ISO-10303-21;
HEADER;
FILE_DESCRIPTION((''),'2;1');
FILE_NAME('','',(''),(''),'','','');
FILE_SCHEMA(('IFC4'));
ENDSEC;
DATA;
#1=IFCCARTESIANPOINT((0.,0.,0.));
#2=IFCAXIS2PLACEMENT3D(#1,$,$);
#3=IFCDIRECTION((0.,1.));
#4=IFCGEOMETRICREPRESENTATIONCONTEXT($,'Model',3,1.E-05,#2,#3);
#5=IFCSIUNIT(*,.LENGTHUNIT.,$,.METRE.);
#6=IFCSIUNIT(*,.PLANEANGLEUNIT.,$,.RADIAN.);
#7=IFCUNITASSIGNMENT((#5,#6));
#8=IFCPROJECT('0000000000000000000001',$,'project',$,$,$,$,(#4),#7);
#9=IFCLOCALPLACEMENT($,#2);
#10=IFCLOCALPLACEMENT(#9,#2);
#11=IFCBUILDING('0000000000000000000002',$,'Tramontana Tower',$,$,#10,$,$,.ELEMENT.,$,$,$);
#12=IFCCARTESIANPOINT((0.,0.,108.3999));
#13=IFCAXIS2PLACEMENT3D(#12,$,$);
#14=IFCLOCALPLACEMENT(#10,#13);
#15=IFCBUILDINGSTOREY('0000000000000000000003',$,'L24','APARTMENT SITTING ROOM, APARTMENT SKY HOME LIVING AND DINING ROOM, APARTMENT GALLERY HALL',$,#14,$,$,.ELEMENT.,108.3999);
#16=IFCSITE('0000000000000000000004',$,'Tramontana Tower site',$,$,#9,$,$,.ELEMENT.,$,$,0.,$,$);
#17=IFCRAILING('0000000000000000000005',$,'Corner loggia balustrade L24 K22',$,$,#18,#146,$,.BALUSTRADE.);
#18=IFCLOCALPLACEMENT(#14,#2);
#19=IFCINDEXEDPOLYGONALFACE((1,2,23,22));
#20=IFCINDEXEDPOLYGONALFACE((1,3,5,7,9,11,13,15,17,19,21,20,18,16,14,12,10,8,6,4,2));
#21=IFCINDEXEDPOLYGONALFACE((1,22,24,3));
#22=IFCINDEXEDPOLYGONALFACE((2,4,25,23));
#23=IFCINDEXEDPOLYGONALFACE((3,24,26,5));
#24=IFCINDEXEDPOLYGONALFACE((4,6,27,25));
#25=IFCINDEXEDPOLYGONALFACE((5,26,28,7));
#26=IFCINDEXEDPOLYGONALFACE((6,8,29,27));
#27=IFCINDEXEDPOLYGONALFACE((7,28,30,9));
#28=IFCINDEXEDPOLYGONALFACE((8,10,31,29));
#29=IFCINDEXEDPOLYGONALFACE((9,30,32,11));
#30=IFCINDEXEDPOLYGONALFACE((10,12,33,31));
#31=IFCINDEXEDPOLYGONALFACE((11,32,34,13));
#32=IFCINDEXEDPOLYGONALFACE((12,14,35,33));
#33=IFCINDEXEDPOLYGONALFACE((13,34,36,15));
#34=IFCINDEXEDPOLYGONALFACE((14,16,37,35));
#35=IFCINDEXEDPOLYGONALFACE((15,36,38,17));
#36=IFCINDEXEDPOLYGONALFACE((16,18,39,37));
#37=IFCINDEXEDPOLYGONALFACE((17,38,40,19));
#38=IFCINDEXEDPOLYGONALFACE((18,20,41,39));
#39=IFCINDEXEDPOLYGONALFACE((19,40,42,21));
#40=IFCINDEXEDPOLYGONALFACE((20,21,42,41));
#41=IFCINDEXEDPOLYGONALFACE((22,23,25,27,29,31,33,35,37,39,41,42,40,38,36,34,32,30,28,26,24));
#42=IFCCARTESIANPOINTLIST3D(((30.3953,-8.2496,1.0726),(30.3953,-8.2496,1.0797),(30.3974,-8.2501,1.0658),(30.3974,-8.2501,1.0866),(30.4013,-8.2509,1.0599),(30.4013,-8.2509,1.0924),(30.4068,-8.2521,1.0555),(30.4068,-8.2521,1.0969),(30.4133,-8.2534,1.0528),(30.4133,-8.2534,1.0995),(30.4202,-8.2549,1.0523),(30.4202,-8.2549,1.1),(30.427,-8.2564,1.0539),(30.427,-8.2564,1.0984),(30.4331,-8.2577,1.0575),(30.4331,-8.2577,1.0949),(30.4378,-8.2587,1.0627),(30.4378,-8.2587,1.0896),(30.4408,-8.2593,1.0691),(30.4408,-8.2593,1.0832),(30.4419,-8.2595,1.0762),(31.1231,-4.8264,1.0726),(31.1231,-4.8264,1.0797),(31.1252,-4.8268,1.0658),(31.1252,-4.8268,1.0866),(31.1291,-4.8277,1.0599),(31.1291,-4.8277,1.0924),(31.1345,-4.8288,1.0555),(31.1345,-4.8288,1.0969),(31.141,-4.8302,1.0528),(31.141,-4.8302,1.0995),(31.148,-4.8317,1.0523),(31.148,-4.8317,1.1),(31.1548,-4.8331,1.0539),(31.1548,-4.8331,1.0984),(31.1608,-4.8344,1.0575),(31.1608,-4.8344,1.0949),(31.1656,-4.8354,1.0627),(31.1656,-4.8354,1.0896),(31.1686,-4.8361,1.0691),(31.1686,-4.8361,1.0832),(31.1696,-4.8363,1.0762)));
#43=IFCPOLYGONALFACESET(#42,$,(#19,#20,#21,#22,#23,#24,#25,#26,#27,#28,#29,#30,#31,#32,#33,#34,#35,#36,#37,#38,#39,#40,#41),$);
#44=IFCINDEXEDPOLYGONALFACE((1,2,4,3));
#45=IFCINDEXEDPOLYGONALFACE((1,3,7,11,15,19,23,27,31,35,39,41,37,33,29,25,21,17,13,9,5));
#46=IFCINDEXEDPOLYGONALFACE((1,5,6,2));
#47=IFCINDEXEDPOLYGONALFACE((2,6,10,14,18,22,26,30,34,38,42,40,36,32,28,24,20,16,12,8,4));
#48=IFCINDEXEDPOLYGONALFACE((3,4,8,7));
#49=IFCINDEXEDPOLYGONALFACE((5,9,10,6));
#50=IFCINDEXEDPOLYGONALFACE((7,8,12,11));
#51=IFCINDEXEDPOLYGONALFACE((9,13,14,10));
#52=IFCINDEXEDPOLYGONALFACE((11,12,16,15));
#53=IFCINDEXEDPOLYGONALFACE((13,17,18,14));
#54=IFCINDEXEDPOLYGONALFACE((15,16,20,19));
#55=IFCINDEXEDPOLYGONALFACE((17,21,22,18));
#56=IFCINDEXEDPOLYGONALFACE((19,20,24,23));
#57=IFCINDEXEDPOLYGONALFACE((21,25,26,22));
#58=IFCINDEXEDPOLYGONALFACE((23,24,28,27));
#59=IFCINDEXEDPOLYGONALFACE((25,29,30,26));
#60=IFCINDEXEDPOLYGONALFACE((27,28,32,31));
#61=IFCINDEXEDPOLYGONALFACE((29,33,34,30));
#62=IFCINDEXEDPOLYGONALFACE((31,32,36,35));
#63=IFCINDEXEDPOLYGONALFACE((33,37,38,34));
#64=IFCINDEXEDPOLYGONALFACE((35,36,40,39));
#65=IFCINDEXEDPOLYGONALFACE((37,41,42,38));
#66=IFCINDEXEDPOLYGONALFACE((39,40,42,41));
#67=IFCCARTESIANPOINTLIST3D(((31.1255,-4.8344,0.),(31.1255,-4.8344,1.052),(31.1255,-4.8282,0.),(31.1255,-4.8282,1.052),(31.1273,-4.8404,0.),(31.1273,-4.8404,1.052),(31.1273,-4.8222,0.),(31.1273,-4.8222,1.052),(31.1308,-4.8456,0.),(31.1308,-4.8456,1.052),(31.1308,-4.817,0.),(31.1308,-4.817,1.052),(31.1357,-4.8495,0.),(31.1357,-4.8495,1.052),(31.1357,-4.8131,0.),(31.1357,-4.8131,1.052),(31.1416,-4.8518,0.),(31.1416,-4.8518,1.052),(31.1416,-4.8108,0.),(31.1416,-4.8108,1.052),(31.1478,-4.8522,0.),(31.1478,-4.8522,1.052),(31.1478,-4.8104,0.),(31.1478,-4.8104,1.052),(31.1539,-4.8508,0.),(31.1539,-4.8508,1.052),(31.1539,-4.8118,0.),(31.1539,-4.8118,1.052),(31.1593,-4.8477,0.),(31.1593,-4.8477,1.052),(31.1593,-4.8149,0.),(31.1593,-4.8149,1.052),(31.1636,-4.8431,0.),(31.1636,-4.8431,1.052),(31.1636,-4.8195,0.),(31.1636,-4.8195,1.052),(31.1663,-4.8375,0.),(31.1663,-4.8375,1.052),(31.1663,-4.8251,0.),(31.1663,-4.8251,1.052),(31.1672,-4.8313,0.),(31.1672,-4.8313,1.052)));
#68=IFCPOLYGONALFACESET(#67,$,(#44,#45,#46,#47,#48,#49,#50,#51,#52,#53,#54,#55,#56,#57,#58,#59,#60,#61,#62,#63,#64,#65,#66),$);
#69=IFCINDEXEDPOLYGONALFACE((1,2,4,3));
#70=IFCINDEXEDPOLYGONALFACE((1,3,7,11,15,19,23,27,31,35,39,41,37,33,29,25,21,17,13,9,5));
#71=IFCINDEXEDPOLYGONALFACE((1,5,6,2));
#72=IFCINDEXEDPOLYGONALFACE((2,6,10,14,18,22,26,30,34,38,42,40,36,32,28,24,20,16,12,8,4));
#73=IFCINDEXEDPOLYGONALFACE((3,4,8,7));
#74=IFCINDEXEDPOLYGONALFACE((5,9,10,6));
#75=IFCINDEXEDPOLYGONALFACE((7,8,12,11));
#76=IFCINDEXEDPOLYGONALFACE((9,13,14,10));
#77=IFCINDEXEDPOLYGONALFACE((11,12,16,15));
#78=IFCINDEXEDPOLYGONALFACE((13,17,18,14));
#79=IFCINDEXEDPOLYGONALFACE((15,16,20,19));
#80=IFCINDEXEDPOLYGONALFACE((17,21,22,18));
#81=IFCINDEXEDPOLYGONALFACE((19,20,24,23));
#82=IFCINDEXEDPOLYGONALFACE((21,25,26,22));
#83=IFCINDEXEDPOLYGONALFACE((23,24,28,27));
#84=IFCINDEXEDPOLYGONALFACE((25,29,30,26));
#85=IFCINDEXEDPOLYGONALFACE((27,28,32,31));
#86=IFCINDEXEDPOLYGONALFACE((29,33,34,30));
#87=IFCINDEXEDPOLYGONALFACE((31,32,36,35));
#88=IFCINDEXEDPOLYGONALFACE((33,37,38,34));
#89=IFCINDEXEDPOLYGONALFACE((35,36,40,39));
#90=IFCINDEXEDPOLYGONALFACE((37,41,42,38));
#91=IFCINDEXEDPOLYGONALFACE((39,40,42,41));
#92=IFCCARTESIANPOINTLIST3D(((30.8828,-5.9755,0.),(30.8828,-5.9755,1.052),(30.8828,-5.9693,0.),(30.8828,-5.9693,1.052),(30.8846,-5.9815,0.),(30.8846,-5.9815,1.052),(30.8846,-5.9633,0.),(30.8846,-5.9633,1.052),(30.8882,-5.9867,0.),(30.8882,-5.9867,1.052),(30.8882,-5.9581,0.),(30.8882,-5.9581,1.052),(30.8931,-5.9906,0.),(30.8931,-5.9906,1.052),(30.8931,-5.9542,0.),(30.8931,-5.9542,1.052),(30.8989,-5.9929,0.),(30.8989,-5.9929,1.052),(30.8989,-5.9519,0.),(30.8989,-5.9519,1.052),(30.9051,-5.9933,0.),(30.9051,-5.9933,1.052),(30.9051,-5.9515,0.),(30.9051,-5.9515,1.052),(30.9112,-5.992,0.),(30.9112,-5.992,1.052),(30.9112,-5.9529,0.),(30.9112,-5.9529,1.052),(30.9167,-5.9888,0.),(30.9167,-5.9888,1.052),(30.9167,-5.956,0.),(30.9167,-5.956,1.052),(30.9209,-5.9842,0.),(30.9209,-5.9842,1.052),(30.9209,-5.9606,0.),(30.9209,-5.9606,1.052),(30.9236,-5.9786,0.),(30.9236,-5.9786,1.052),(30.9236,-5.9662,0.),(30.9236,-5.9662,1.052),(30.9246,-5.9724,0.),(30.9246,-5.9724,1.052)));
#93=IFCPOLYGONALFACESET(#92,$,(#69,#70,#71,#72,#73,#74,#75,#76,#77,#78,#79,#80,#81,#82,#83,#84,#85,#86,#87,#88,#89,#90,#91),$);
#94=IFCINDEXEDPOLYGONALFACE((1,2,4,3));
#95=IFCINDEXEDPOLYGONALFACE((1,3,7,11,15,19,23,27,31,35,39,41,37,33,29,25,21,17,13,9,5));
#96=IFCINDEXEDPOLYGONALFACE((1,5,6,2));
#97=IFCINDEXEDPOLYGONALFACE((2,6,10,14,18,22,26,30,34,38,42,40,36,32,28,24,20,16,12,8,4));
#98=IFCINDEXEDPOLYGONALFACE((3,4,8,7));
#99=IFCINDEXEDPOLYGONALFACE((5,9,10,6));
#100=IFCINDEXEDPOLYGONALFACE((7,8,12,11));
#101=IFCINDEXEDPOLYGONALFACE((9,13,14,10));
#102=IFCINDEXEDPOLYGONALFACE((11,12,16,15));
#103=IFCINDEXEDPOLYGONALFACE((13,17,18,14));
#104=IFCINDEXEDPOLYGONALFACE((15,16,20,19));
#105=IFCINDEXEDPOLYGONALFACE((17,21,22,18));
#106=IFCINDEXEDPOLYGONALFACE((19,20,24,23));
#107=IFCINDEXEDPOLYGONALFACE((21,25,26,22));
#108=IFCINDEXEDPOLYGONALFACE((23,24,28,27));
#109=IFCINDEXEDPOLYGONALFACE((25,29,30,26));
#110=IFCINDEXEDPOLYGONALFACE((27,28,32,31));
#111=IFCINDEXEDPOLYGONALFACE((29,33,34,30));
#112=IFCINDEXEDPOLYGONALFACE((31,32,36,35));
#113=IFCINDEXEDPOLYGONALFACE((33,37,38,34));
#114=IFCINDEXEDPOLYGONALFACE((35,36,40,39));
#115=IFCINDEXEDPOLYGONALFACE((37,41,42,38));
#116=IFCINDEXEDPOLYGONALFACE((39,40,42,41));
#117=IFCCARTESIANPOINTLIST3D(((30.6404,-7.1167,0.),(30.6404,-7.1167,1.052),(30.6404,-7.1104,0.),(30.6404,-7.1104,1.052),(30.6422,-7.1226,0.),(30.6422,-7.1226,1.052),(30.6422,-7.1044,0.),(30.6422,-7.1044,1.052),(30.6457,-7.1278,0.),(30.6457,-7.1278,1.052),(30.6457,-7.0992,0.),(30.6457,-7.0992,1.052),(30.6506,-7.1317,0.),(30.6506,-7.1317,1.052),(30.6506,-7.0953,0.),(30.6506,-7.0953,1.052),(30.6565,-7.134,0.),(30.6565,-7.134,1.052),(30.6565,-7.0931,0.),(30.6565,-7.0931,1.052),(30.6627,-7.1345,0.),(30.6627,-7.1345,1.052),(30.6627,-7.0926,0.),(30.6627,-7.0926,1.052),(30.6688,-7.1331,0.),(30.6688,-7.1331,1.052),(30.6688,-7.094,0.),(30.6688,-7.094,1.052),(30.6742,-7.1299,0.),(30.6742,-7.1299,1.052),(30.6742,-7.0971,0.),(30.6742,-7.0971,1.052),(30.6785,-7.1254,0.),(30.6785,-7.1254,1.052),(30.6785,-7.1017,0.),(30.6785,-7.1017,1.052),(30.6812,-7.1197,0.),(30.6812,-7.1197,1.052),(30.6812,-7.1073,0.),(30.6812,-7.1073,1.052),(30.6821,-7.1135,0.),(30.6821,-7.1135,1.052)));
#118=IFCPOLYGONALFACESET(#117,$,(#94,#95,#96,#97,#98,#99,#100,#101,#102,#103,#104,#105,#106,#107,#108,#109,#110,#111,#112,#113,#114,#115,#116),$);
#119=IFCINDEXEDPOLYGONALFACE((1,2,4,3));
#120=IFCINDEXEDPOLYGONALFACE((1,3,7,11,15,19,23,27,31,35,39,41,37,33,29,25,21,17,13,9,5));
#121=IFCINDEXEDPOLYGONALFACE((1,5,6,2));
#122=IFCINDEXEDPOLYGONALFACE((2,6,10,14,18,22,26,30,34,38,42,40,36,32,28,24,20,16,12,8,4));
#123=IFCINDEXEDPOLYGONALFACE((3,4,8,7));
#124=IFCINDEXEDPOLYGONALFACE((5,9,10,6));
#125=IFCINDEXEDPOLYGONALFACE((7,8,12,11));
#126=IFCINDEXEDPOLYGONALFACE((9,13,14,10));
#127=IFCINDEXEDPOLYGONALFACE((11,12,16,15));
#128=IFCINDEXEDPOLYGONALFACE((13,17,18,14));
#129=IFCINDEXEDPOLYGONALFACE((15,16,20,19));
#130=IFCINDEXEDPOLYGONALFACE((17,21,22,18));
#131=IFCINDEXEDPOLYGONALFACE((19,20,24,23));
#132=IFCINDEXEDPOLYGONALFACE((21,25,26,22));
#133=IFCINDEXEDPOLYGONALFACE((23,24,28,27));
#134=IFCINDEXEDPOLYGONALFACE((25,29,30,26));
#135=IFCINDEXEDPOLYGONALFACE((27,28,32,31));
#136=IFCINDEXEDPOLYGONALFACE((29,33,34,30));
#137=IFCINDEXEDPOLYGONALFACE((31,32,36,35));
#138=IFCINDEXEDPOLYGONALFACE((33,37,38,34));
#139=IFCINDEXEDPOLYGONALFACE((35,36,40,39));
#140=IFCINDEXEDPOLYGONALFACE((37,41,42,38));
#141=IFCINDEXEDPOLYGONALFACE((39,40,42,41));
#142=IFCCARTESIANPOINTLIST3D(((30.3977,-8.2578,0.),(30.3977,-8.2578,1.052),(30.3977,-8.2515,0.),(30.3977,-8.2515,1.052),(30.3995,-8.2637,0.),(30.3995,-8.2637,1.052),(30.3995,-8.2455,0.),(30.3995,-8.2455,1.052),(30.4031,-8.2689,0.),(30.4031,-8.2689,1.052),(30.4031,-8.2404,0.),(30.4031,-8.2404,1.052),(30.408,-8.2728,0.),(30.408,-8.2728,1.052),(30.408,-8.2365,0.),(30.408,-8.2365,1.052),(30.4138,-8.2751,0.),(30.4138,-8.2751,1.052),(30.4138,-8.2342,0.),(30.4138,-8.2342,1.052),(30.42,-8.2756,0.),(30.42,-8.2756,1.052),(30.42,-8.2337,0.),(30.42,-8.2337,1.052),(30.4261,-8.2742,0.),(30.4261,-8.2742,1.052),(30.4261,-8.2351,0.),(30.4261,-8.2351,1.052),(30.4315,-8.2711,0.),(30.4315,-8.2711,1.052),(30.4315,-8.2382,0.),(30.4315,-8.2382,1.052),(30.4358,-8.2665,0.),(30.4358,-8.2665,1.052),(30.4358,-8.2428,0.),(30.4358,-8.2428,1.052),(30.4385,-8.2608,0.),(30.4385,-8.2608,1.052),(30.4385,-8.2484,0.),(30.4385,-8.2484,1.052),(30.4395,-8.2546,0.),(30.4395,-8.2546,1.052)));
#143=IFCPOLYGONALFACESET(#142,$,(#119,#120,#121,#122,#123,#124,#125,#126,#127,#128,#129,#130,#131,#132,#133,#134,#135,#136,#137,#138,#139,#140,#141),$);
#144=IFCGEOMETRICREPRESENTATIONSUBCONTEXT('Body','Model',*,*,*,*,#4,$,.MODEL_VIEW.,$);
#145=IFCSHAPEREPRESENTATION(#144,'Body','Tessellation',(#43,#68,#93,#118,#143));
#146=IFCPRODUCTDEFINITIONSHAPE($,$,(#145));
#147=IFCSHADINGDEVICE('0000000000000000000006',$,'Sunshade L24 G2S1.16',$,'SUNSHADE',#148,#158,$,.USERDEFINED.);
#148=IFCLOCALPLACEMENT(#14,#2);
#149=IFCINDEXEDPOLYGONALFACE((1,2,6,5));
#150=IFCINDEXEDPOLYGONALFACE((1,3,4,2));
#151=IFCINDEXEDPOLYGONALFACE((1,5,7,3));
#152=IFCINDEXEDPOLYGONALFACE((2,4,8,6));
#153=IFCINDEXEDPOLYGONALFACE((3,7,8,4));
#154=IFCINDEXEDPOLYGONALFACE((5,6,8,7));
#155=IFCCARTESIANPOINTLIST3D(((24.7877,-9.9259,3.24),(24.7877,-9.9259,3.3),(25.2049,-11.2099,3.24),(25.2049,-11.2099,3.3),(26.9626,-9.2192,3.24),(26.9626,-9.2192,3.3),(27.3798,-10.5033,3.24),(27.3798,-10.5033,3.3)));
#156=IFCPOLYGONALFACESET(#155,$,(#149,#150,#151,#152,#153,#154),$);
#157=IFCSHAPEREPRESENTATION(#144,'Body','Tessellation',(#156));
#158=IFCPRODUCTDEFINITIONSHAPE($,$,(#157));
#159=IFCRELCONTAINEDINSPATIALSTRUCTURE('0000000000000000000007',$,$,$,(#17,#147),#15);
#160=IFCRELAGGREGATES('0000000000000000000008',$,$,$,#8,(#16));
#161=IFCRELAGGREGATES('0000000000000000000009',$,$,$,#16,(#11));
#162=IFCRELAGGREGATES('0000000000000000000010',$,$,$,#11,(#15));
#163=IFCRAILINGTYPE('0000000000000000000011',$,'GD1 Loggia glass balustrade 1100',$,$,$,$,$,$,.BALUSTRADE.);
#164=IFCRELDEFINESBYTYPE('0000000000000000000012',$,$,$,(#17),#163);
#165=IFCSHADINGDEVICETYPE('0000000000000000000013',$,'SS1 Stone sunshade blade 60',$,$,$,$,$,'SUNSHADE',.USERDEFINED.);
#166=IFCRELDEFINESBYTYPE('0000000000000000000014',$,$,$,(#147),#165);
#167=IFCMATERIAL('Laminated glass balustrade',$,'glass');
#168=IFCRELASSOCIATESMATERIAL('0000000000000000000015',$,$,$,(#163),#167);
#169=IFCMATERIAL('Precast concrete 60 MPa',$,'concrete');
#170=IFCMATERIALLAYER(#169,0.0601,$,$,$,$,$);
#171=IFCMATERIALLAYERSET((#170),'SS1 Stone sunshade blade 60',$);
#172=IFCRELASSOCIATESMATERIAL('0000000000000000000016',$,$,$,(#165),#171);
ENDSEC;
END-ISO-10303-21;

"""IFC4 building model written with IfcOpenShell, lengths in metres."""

from ifc_helpers import new_model, si_unit, direction, frame, origin, origin_2d, place, context, subcontext, project, spatial, rectangle, circle, extrude, material, layer, layer_set, type_object, element, save


model = new_model("IFC4")

# Units and contexts
model_context = context("Model", 3, precision=1e-05, world=origin(), true_north=direction((0.0, 1.0)))
body_context = subcontext(model_context, "Body", "Model", "MODEL_VIEW")
ifc_project = project(units=[si_unit("LENGTHUNIT", "METRE"), si_unit("PLANEANGLEUNIT", "RADIAN")], contexts=[model_context])

# Site, building, storey
site_placement = place(None, origin())
site = spatial("IfcSite", under=ifc_project, at=site_placement, Name="Tramontana Tower site", CompositionType="ELEMENT", RefElevation=0.0)
building_placement = place(site_placement, origin())
building = spatial("IfcBuilding", under=site, at=building_placement, Name="Tramontana Tower", CompositionType="ELEMENT")
storey_placement = place(building_placement, frame((0.0, 0.0, 108.3999)))
storey = spatial("IfcBuildingStorey", under=building, at=storey_placement, Name="L24", Description="APARTMENT SITTING ROOM, APARTMENT SKY HOME LIVING AND DINING ROOM, APARTMENT GALLERY HALL", CompositionType="ELEMENT", Elevation=108.3999)

# Railing
ifc_material_1 = material(Name="Laminated glass balustrade", Category="glass")
railing_type = type_object("IfcRailingType", Name="GD1 Loggia glass balustrade 1100", PredefinedType="BALUSTRADE", material=ifc_material_1)
railing_1_placement = place(storey_placement, frame((31.1462, -4.8313, 0.0)))
element("IfcRailing", 1, at=railing_1_placement, inside=storey, type_object=railing_type, Name="Corner loggia balustrade L24 K22", PredefinedType="BALUSTRADE", context=body_context, shape_type="SweptSolid", body=[
    extrude(circle(Radius=0.0239, at=origin_2d()), frame((0.0, 0.0, 1.0762), z_axis=(-0.207947, -0.97814, 0.0), x_axis=(0.97814, -0.207947, 0.0)), (0.0, 0.0, 1.0), 3.4998),
    extrude(circle(Radius=0.021, at=origin_2d()), origin(), (0.0, 0.0, 1.0), 1.052),
    extrude(circle(Radius=0.021, at=origin_2d()), frame((-0.2427, -1.1411, 0.0)), (0.0, 0.0, 1.0), 1.052),
    extrude(circle(Radius=0.021, at=origin_2d()), frame((-0.4851, -2.2822, 0.0)), (0.0, 0.0, 1.0), 1.052),
    extrude(circle(Radius=0.021, at=origin_2d()), frame((-0.7278, -3.4233, 0.0)), (0.0, 0.0, 1.0), 1.052),
])

# Shading device
ifc_material_2 = material(Name="Precast concrete 60 MPa", Category="concrete")
ifc_layer_1 = layer(ifc_material_2, 0.0601)
ifc_layer_set_1 = layer_set([ifc_layer_1], Name="SS1 Stone sunshade blade 60")
shading_device_type = type_object("IfcShadingDeviceType", Name="SS1 Stone sunshade blade 60", ElementType="SUNSHADE", PredefinedType="USERDEFINED", material=ifc_layer_set_1)
shading_device_placement = place(storey_placement, frame((26.0837, -10.2146, 3.24), z_axis=(0.0, 0.0, 1.0), x_axis=(0.951057, 0.309017, 0.0)))
element("IfcShadingDevice", 2, at=shading_device_placement, inside=storey, type_object=shading_device_type, Name="Sunshade L24 G2S1.16", ObjectType="SUNSHADE", PredefinedType="USERDEFINED", context=body_context, shape_type="SweptSolid", body=[
    extrude(rectangle(XDim=2.2869, YDim=1.3501, at=origin_2d()), origin(), (0.0, 0.0, 1.0), 0.0601),
])

save(model, "model.ifc")
